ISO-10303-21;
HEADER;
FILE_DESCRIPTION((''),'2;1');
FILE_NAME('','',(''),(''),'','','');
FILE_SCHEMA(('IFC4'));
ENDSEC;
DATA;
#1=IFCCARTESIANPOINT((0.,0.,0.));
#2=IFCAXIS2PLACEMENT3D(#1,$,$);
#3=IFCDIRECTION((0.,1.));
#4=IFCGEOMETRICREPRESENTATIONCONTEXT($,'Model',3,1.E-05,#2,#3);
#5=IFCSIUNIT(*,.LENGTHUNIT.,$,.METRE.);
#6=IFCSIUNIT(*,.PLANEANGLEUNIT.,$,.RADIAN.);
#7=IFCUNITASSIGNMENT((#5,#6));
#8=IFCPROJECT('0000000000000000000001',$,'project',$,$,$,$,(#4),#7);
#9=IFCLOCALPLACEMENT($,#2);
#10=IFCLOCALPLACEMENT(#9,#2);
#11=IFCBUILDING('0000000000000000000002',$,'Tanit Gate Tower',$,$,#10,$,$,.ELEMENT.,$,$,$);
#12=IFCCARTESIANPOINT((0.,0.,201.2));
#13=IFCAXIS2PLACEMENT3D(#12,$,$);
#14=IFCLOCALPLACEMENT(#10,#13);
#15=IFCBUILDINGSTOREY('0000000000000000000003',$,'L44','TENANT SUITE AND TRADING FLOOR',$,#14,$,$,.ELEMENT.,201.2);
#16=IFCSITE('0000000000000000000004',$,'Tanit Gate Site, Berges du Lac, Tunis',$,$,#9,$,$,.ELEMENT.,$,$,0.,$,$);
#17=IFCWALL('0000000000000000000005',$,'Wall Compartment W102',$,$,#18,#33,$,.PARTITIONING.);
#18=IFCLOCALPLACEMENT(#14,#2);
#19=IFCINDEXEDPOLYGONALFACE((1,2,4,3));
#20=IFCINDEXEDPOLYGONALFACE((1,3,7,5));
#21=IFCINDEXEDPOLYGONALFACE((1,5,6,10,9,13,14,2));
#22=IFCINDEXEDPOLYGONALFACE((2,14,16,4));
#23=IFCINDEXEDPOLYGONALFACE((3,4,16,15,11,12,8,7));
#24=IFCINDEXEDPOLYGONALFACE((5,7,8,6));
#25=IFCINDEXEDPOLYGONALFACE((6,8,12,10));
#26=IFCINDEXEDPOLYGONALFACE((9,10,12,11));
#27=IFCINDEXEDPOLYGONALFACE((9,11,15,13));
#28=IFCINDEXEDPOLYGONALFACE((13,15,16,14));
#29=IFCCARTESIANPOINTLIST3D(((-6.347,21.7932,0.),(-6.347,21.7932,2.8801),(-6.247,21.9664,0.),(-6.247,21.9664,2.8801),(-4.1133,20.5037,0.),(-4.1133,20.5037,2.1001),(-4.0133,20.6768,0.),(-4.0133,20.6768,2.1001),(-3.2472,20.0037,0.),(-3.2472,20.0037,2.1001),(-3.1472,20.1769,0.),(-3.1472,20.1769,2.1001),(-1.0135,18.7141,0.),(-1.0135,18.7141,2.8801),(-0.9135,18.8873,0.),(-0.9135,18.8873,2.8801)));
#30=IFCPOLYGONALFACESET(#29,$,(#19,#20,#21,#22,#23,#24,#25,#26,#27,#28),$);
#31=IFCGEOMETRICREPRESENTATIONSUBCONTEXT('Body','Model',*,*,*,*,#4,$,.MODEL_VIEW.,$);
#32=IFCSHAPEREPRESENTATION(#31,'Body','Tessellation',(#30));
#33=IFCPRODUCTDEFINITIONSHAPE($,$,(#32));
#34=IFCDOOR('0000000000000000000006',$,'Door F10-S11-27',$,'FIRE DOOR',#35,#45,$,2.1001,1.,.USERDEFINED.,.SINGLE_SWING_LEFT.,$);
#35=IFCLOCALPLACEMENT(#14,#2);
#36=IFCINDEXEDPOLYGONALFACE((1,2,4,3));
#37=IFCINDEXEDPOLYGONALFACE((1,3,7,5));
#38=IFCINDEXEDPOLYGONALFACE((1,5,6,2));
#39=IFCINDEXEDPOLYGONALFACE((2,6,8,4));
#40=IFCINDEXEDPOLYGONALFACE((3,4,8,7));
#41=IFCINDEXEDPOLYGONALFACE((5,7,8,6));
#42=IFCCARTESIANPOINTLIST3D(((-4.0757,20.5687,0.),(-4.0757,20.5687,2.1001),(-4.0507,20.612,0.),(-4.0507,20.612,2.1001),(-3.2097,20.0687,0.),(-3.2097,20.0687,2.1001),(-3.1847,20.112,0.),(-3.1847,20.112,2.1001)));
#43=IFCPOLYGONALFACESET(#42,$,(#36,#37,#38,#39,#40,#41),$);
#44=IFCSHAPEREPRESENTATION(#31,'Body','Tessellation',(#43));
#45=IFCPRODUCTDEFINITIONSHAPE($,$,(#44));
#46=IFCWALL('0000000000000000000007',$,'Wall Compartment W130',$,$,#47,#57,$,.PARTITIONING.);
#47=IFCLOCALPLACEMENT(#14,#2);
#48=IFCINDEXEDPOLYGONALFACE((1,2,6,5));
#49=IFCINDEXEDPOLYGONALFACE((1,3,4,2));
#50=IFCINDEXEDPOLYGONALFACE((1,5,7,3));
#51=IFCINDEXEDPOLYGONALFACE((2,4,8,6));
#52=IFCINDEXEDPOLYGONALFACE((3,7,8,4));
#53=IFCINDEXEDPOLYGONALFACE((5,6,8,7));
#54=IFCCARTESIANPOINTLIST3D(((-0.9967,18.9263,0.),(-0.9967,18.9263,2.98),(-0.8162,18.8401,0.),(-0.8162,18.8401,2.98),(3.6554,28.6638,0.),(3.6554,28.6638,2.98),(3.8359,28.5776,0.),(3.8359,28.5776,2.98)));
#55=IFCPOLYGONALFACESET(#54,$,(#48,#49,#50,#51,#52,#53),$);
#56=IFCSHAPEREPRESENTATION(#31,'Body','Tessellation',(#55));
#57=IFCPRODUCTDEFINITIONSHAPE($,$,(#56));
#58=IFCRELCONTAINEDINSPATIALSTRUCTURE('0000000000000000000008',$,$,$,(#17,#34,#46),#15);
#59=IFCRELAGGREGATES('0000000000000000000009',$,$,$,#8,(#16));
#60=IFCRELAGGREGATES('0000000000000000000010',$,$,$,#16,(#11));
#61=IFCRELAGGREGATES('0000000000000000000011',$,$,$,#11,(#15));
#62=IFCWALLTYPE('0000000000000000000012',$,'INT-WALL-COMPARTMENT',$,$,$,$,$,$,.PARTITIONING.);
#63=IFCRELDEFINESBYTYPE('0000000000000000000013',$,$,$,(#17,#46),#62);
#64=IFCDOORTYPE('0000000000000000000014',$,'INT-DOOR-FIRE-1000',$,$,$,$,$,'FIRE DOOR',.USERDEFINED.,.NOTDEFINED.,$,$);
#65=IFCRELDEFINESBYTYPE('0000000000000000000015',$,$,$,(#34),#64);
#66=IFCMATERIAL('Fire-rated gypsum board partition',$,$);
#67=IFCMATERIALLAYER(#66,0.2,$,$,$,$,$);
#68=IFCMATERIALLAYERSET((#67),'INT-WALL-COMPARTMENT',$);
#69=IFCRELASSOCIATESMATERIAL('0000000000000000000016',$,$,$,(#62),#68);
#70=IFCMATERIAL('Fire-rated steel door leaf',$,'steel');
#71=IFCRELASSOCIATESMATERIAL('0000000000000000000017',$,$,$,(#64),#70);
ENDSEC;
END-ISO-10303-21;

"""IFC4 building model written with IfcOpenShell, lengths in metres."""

from ifc_helpers import new_model, si_unit, direction, frame, frame_2d, origin, place, context, subcontext, project, spatial, rectangle, extrude, material, layer, layer_set, type_object, element, fill, save


model = new_model("IFC4")

# Units and contexts
model_context = context("Model", 3, precision=1e-05, world=origin(), true_north=direction((0.0, 1.0)))
body_context = subcontext(model_context, "Body", "Model", "MODEL_VIEW")
ifc_project = project(units=[si_unit("LENGTHUNIT", "METRE"), si_unit("PLANEANGLEUNIT", "RADIAN")], contexts=[model_context])

# Site, building, storey
site_placement = place(None, origin())
site = spatial("IfcSite", under=ifc_project, at=site_placement, Name="Tanit Gate Site, Berges du Lac, Tunis", CompositionType="ELEMENT", RefElevation=0.0)
building_placement = place(site_placement, origin())
building = spatial("IfcBuilding", under=site, at=building_placement, Name="Tanit Gate Tower", CompositionType="ELEMENT")
storey_placement = place(building_placement, frame((0.0, 0.0, 201.2)))
storey = spatial("IfcBuildingStorey", under=building, at=storey_placement, Name="L44", Description="TENANT SUITE AND TRADING FLOOR", CompositionType="ELEMENT", Elevation=201.2)

# Shared definitions
ifc_material_1 = material(Name="Fire-rated gypsum board partition")
ifc_layer_1 = layer(ifc_material_1, 0.2)
ifc_layer_set_1 = layer_set([ifc_layer_1], Name="INT-WALL-COMPARTMENT")
wall_type = type_object("IfcWallType", Name="INT-WALL-COMPARTMENT", PredefinedType="PARTITIONING", material=ifc_layer_set_1)

# Wall, opening, door
wall_1_placement = place(storey_placement, frame((-0.9636, 18.8008, 0.0), z_axis=(0.0, 0.0, 1.0), x_axis=(-0.866039, 0.499976, 0.0)))
wall_1 = element("IfcWall", 1, at=wall_1_placement, inside=storey, type_object=wall_type, Name="Wall Compartment W102", PredefinedType="PARTITIONING", context=body_context, shape_type="SweptSolid", body=[
    extrude(rectangle(XDim=6.1584, YDim=0.2, at=frame_2d((3.0791, 0.0))), origin(), (0.0, 0.0, 1.0), 2.8801),
])
opening_1_placement = place(wall_1_placement, frame((2.5791, 0.0, 0.0)))
opening_1 = element("IfcOpeningElement", 2, at=opening_1_placement, cuts=wall_1, PredefinedType="OPENING", context=body_context, shape_type="SweptSolid", body=[
    extrude(rectangle(XDim=1.0, YDim=2.1001, at=frame_2d((0.5, 1.05))), frame((0.0, 0.1099, 0.0), z_axis=(0.0, -1.0, 0.0), x_axis=(1.0, 0.0, 0.0)), (0.0, 0.0, 1.0), 0.22),
])
ifc_material_2 = material(Name="Fire-rated steel door leaf", Category="steel")
door_type_1 = type_object("IfcDoorType", Name="INT-DOOR-FIRE-1000", ElementType="FIRE DOOR", OperationType="NOTDEFINED", PredefinedType="USERDEFINED", material=ifc_material_2)
door_1_placement = place(opening_1_placement, origin())
door_1 = element("IfcDoor", 3, at=door_1_placement, inside=storey, type_object=door_type_1, Name="Door F10-S11-27", ObjectType="FIRE DOOR", OperationType="SINGLE_SWING_LEFT", OverallHeight=2.1001, OverallWidth=1.0, PredefinedType="USERDEFINED", context=body_context, shape_type="SweptSolid", body=[
    extrude(rectangle(XDim=1.0, YDim=2.1001, at=frame_2d((0.5, 1.05))), frame((0.0, 0.0249, 0.0), z_axis=(0.0, -1.0, 0.0), x_axis=(1.0, 0.0, 0.0)), (0.0, 0.0, 1.0), 0.05),
])
fill(opening_1, door_1)

# Wall
wall_2_placement = place(storey_placement, frame((-0.9065, 18.8831, 0.0), z_axis=(0.0, 0.0, 1.0), x_axis=(0.431079, 0.902314, 0.0)))
element("IfcWall", 4, at=wall_2_placement, inside=storey, type_object=wall_type, Name="Wall Compartment W130", PredefinedType="PARTITIONING", context=body_context, shape_type="SweptSolid", body=[
    extrude(rectangle(XDim=10.7917, YDim=0.2, at=frame_2d((5.396, 0.0))), origin(), (0.0, 0.0, 1.0), 2.98),
])

save(model, "model.ifc")
